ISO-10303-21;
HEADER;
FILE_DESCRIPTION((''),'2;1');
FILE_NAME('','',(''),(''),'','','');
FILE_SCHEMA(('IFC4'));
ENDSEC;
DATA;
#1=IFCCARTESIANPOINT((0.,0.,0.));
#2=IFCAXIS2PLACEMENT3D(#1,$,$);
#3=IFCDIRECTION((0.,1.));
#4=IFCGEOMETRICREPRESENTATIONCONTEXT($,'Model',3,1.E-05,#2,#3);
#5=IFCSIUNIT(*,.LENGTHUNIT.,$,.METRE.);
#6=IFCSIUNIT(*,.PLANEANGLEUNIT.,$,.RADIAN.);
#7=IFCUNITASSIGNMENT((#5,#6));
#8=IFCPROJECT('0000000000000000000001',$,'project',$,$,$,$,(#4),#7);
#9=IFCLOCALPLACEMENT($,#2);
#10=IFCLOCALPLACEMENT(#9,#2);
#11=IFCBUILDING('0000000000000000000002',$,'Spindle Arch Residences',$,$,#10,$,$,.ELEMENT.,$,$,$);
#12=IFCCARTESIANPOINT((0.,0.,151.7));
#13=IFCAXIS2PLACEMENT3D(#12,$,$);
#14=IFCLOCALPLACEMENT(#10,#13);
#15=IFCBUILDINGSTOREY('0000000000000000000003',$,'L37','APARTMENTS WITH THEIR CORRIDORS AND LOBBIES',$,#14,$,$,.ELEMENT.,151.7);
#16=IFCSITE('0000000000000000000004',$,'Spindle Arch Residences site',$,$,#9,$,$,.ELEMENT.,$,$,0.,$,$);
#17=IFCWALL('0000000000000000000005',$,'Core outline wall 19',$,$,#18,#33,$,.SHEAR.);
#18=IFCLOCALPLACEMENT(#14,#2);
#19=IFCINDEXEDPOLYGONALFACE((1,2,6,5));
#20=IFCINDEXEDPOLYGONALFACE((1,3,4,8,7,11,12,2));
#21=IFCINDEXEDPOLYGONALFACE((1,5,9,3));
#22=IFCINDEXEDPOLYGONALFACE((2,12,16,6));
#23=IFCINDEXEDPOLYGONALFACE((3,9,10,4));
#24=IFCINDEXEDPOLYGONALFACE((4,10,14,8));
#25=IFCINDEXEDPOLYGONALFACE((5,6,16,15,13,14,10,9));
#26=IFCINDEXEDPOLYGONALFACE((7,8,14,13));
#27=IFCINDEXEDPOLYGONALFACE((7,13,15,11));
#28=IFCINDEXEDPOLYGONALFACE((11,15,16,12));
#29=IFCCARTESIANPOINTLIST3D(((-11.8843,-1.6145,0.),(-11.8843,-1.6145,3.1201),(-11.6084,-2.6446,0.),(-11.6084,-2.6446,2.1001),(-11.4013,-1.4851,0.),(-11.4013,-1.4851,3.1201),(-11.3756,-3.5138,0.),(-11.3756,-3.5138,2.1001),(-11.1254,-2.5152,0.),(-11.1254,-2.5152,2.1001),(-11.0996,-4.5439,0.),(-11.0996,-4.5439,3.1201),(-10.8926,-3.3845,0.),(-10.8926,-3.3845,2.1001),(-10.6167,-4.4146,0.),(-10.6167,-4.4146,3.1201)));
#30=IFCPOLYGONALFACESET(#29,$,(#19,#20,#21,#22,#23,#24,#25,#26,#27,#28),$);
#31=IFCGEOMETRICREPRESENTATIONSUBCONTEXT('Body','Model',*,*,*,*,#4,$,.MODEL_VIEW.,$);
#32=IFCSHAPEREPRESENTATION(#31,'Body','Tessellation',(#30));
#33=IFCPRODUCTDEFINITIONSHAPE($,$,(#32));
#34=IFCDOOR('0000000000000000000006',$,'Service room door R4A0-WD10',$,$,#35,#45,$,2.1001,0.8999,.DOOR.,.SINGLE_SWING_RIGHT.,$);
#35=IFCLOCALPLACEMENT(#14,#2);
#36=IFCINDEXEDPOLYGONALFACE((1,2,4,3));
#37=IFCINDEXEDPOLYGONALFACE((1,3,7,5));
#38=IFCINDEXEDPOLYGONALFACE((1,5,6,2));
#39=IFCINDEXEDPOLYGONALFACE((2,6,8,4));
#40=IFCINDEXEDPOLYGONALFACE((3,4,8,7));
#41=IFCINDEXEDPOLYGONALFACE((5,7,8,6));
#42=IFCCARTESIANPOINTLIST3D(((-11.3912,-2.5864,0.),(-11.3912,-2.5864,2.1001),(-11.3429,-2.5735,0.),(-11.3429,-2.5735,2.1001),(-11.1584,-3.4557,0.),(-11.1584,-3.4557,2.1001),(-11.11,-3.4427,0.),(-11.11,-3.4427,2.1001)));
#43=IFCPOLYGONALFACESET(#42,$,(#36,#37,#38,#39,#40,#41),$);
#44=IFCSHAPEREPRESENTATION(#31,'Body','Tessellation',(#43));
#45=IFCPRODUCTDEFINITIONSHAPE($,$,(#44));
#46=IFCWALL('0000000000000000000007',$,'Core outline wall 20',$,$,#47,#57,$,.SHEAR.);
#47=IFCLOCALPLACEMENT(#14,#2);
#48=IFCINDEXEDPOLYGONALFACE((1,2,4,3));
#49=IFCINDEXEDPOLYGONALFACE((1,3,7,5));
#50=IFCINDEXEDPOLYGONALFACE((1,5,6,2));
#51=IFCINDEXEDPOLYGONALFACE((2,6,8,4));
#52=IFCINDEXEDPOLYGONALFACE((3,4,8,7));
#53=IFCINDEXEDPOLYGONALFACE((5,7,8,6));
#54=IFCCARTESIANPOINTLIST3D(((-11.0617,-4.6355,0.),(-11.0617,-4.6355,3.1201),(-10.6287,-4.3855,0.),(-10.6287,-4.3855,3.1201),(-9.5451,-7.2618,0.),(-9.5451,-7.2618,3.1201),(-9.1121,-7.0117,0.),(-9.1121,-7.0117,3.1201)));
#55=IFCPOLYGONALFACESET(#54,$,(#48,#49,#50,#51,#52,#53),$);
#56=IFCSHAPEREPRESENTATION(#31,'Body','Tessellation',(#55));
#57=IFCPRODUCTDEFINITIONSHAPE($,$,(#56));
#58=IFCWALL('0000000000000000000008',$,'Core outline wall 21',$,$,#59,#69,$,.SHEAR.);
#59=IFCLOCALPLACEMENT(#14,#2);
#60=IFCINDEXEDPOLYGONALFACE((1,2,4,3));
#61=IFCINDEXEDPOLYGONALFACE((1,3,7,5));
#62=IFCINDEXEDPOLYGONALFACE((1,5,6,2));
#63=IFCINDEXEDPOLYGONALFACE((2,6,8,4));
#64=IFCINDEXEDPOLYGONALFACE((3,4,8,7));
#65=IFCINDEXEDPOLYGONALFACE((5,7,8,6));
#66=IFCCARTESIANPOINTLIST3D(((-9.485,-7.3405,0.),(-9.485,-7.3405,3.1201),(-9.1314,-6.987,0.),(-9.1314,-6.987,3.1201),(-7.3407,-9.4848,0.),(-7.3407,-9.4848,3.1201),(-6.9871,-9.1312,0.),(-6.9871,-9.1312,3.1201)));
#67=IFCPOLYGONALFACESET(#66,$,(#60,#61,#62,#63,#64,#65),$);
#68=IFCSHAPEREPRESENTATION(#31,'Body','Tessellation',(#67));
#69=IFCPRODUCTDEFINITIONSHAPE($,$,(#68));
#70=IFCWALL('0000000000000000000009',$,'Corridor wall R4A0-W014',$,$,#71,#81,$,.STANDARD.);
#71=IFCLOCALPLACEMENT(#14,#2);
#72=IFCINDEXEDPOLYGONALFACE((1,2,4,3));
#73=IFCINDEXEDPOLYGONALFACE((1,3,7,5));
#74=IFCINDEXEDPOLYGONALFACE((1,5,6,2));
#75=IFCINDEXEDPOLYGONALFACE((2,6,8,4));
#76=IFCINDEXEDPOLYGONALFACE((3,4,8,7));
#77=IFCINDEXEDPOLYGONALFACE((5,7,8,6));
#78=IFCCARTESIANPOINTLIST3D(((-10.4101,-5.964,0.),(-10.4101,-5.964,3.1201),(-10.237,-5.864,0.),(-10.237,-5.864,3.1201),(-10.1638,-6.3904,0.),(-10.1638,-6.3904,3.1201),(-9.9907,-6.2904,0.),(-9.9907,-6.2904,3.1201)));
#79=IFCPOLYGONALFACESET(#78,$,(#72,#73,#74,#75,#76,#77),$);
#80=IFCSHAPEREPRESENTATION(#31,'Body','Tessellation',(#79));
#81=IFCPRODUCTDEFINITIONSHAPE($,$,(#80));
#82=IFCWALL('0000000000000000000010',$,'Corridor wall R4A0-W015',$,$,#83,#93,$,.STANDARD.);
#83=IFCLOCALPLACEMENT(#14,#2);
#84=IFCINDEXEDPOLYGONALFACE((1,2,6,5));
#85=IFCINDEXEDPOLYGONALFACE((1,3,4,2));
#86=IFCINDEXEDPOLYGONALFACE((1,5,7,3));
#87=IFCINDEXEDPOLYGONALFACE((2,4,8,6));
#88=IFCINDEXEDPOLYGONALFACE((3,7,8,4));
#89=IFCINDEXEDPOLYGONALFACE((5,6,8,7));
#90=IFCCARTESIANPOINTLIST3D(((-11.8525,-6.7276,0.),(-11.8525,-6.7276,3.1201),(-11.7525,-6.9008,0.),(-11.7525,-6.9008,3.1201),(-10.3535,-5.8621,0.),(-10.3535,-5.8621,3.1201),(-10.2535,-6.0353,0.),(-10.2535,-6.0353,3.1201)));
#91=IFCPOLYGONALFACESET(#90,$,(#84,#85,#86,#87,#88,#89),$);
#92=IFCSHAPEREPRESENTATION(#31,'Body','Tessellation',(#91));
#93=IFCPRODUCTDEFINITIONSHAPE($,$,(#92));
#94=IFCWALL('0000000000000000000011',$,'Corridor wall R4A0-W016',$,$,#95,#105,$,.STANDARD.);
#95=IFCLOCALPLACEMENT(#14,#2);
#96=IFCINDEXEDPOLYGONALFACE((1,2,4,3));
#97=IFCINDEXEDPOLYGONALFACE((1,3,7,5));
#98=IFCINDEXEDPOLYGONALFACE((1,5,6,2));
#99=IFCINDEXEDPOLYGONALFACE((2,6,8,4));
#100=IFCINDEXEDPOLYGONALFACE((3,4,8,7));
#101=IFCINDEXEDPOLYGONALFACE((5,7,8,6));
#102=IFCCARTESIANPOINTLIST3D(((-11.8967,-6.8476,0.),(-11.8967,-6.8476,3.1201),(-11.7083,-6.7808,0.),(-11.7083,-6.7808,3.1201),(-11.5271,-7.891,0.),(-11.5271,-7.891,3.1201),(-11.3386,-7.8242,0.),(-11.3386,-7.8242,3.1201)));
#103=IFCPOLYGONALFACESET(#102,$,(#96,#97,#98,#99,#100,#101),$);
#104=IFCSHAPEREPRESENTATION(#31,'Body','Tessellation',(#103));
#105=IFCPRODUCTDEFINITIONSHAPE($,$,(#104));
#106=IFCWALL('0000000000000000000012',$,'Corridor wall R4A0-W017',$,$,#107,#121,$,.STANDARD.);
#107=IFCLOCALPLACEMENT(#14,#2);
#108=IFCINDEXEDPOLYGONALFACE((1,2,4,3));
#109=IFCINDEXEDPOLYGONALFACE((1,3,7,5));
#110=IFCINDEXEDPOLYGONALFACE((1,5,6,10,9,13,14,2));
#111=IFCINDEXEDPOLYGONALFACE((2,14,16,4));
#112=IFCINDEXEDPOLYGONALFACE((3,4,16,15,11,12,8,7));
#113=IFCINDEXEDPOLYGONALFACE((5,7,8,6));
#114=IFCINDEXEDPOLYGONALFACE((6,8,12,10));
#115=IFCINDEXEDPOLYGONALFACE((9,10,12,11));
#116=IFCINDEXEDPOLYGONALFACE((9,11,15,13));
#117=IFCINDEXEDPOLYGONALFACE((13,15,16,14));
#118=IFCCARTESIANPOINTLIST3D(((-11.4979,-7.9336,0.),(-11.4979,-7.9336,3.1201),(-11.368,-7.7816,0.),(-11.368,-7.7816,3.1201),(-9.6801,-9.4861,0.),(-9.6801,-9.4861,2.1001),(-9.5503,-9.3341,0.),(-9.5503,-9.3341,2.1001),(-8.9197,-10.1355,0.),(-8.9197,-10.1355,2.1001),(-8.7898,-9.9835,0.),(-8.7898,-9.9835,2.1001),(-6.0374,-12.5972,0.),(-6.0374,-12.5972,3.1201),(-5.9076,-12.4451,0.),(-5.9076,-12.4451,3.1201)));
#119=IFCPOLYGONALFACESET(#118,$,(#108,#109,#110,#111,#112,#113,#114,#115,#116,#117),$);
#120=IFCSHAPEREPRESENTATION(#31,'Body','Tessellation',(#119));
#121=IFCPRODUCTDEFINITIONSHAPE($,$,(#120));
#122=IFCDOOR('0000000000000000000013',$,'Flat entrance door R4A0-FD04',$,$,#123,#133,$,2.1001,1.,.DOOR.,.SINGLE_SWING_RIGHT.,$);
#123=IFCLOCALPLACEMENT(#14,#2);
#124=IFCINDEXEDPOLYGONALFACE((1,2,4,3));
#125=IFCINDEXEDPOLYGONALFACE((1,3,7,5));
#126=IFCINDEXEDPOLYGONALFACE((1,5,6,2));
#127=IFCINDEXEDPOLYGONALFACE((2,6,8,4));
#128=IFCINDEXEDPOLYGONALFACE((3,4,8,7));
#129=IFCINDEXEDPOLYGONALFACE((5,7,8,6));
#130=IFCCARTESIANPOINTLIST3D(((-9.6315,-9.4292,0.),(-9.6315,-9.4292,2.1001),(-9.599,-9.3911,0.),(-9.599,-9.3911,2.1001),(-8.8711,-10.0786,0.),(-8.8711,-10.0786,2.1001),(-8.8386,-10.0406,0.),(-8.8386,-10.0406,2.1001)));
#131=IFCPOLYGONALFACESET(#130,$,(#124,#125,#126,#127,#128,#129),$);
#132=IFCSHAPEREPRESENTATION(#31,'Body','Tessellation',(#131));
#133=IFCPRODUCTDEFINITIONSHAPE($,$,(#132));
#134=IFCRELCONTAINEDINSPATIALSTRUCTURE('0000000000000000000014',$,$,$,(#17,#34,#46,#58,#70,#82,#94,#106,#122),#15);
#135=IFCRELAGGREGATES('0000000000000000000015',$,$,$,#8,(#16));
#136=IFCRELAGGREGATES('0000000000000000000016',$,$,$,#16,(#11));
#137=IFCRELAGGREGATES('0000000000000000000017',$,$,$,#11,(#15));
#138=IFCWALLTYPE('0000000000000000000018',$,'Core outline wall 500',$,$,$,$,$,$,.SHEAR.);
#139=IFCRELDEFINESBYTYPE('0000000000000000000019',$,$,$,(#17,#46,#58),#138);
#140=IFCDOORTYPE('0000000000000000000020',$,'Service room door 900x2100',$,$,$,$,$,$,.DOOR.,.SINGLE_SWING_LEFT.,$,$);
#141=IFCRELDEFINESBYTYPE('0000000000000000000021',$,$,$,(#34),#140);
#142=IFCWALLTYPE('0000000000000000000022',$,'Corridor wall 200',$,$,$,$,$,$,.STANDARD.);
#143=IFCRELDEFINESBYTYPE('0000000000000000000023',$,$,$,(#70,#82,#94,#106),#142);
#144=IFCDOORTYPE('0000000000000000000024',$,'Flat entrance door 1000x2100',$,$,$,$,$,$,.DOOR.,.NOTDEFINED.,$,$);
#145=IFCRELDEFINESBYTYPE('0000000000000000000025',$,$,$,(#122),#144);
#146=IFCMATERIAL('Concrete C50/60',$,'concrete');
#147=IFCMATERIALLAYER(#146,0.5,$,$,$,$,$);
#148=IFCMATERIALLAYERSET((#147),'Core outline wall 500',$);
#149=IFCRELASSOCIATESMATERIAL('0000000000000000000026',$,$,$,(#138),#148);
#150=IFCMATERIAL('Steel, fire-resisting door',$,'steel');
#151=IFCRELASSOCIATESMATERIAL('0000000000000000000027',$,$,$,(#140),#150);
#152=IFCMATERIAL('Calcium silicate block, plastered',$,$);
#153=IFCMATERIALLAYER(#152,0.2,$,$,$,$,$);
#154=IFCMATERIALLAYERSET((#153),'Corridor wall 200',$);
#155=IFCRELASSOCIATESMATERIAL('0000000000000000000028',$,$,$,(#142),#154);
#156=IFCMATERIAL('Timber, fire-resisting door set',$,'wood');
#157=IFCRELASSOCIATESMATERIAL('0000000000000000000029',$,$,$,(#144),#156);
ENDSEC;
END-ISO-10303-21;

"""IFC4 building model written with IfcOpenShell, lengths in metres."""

from ifc_helpers import new_model, si_unit, direction, frame, frame_2d, origin, place, context, subcontext, project, spatial, rectangle, extrude, material, layer, layer_set, type_object, element, fill, save


model = new_model("IFC4")

# Units and contexts
model_context = context("Model", 3, precision=1e-05, world=origin(), true_north=direction((0.0, 1.0)))
body_context = subcontext(model_context, "Body", "Model", "MODEL_VIEW")
ifc_project = project(units=[si_unit("LENGTHUNIT", "METRE"), si_unit("PLANEANGLEUNIT", "RADIAN")], contexts=[model_context])

# Site, building, storey
site_placement = place(None, origin())
site = spatial("IfcSite", under=ifc_project, at=site_placement, Name="Spindle Arch Residences site", CompositionType="ELEMENT", RefElevation=0.0)
building_placement = place(site_placement, origin())
building = spatial("IfcBuilding", under=site, at=building_placement, Name="Spindle Arch Residences", CompositionType="ELEMENT")
storey_placement = place(building_placement, frame((0.0, 0.0, 151.7)))
storey = spatial("IfcBuildingStorey", under=building, at=storey_placement, Name="L37", Description="APARTMENTS WITH THEIR CORRIDORS AND LOBBIES", CompositionType="ELEMENT", Elevation=151.7)

# Wall, opening, door
ifc_material_1 = material(Name="Concrete C50/60", Category="concrete")
ifc_layer_1 = layer(ifc_material_1, 0.5)
ifc_layer_set_1 = layer_set([ifc_layer_1], Name="Core outline wall 500")
wall_type_1 = type_object("IfcWallType", Name="Core outline wall 500", PredefinedType="SHEAR", material=ifc_layer_set_1)
wall_1_placement = place(storey_placement, frame((-11.6428, -1.5498, 0.0), z_axis=(0.0, 0.0, 1.0), x_axis=(0.258735, -0.965948, 0.0)))
wall_1 = element("IfcWall", 1, at=wall_1_placement, inside=storey, type_object=wall_type_1, Name="Core outline wall 19", PredefinedType="SHEAR", context=body_context, shape_type="SweptSolid", body=[
    extrude(rectangle(XDim=3.0327, YDim=0.5, at=frame_2d((1.5164, 0.0))), origin(), (0.0, 0.0, 1.0), 3.1201),
])
opening_1_placement = place(wall_1_placement, frame((1.0664, 0.0, 0.0)))
opening_1 = element("IfcOpeningElement", 2, at=opening_1_placement, cuts=wall_1, PredefinedType="OPENING", context=body_context, shape_type="SweptSolid", body=[
    extrude(rectangle(XDim=0.8999, YDim=2.1001, at=frame_2d((0.45, 1.05))), frame((0.0, 0.26, 0.0), z_axis=(0.0, -1.0, 0.0), x_axis=(1.0, 0.0, 0.0)), (0.0, 0.0, 1.0), 0.52),
])
ifc_material_2 = material(Name="Steel, fire-resisting door", Category="steel")
door_type_1 = type_object("IfcDoorType", Name="Service room door 900x2100", OperationType="SINGLE_SWING_LEFT", PredefinedType="DOOR", material=ifc_material_2)
door_1_placement = place(opening_1_placement, origin())
door_1 = element("IfcDoor", 3, at=door_1_placement, inside=storey, type_object=door_type_1, Name="Service room door R4A0-WD10", OperationType="SINGLE_SWING_RIGHT", OverallHeight=2.1001, OverallWidth=0.8999, PredefinedType="DOOR", context=body_context, shape_type="SweptSolid", body=[
    extrude(rectangle(XDim=0.8999, YDim=2.1001, at=frame_2d((0.45, 1.05))), frame((0.0, 0.0249, 0.0), z_axis=(0.0, -1.0, 0.0), x_axis=(1.0, 0.0, 0.0)), (0.0, 0.0, 1.0), 0.05),
])
fill(opening_1, door_1)

# Walls
wall_2_placement = place(storey_placement, frame((-10.8452, -4.5105, 0.0), z_axis=(0.0, 0.0, 1.0), x_axis=(0.500087, -0.865975, 0.0)))
element("IfcWall", 4, at=wall_2_placement, inside=storey, type_object=wall_type_1, Name="Core outline wall 20", PredefinedType="SHEAR", context=body_context, shape_type="SweptSolid", body=[
    extrude(rectangle(XDim=3.0327, YDim=0.5, at=frame_2d((1.5164, 0.0))), origin(), (0.0, 0.0, 1.0), 3.1201),
])
wall_3_placement = place(storey_placement, frame((-9.3081, -7.1638, 0.0), z_axis=(0.0, 0.0, 1.0), x_axis=(0.707107, -0.707107, 0.0)))
element("IfcWall", 5, at=wall_3_placement, inside=storey, type_object=wall_type_1, Name="Core outline wall 21", PredefinedType="SHEAR", context=body_context, shape_type="SweptSolid", body=[
    extrude(rectangle(XDim=3.0325, YDim=0.5, at=frame_2d((1.5161, 0.0))), origin(), (0.0, 0.0, 1.0), 3.1201),
])
ifc_material_3 = material(Name="Calcium silicate block, plastered")
ifc_layer_2 = layer(ifc_material_3, 0.2)
ifc_layer_set_2 = layer_set([ifc_layer_2], Name="Corridor wall 200")
wall_type_2 = type_object("IfcWallType", Name="Corridor wall 200", PredefinedType="STANDARD", material=ifc_layer_set_2)
wall_4_placement = place(storey_placement, frame((-10.3235, -5.9141, 0.0), z_axis=(0.0, 0.0, 1.0), x_axis=(0.500137, -0.865946, 0.0)))
element("IfcWall", 6, at=wall_4_placement, inside=storey, type_object=wall_type_2, Name="Corridor wall R4A0-W014", PredefinedType="STANDARD", context=body_context, shape_type="SweptSolid", body=[
    extrude(rectangle(XDim=0.4924, YDim=0.2, at=frame_2d((0.2461, 0.0))), origin(), (0.0, 0.0, 1.0), 3.1201),
])
wall_5_placement = place(storey_placement, frame((-10.3035, -5.9487, 0.0), z_axis=(0.0, 0.0, 1.0), x_axis=(-0.866021, -0.500007, 0.0)))
element("IfcWall", 7, at=wall_5_placement, inside=storey, type_object=wall_type_2, Name="Corridor wall R4A0-W015", PredefinedType="STANDARD", context=body_context, shape_type="SweptSolid", body=[
    extrude(rectangle(XDim=1.731, YDim=0.2, at=frame_2d((0.8655, 0.0))), origin(), (0.0, 0.0, 1.0), 3.1201),
])
wall_6_placement = place(storey_placement, frame((-11.8025, -6.8142, 0.0), z_axis=(0.0, 0.0, 1.0), x_axis=(0.333904, -0.942607, 0.0)))
element("IfcWall", 8, at=wall_6_placement, inside=storey, type_object=wall_type_2, Name="Corridor wall R4A0-W016", PredefinedType="STANDARD", context=body_context, shape_type="SweptSolid", body=[
    extrude(rectangle(XDim=1.1069, YDim=0.2, at=frame_2d((0.5535, 0.0))), origin(), (0.0, 0.0, 1.0), 3.1201),
])

# Wall, opening, door
wall_7_placement = place(storey_placement, frame((-11.4329, -7.8577, 0.0), z_axis=(0.0, 0.0, 1.0), x_axis=(0.760412, -0.649441, 0.0)))
wall_7 = element("IfcWall", 9, at=wall_7_placement, inside=storey, type_object=wall_type_2, Name="Corridor wall R4A0-W017", PredefinedType="STANDARD", context=body_context, shape_type="SweptSolid", body=[
    extrude(rectangle(XDim=7.1809, YDim=0.2, at=frame_2d((3.5903, 0.0))), origin(), (0.0, 0.0, 1.0), 3.1201),
])
opening_2_placement = place(wall_7_placement, frame((2.3904, 0.0, 0.0)))
opening_2 = element("IfcOpeningElement", 10, at=opening_2_placement, cuts=wall_7, PredefinedType="OPENING", context=body_context, shape_type="SweptSolid", body=[
    extrude(rectangle(XDim=1.0, YDim=2.1001, at=frame_2d((0.5, 1.05))), frame((0.0, 0.1099, 0.0), z_axis=(0.0, -1.0, 0.0), x_axis=(1.0, 0.0, 0.0)), (0.0, 0.0, 1.0), 0.22),
])
ifc_material_4 = material(Name="Timber, fire-resisting door set", Category="wood")
door_type_2 = type_object("IfcDoorType", Name="Flat entrance door 1000x2100", OperationType="NOTDEFINED", PredefinedType="DOOR", material=ifc_material_4)
door_2_placement = place(opening_2_placement, origin())
door_2 = element("IfcDoor", 11, at=door_2_placement, inside=storey, type_object=door_type_2, Name="Flat entrance door R4A0-FD04", OperationType="SINGLE_SWING_RIGHT", OverallHeight=2.1001, OverallWidth=1.0, PredefinedType="DOOR", context=body_context, shape_type="SweptSolid", body=[
    extrude(rectangle(XDim=1.0, YDim=2.1001, at=frame_2d((0.5, 1.05))), frame((0.0, 0.0249, 0.0), z_axis=(0.0, -1.0, 0.0), x_axis=(1.0, 0.0, 0.0)), (0.0, 0.0, 1.0), 0.05),
])
fill(opening_2, door_2)

save(model, "model.ifc")
